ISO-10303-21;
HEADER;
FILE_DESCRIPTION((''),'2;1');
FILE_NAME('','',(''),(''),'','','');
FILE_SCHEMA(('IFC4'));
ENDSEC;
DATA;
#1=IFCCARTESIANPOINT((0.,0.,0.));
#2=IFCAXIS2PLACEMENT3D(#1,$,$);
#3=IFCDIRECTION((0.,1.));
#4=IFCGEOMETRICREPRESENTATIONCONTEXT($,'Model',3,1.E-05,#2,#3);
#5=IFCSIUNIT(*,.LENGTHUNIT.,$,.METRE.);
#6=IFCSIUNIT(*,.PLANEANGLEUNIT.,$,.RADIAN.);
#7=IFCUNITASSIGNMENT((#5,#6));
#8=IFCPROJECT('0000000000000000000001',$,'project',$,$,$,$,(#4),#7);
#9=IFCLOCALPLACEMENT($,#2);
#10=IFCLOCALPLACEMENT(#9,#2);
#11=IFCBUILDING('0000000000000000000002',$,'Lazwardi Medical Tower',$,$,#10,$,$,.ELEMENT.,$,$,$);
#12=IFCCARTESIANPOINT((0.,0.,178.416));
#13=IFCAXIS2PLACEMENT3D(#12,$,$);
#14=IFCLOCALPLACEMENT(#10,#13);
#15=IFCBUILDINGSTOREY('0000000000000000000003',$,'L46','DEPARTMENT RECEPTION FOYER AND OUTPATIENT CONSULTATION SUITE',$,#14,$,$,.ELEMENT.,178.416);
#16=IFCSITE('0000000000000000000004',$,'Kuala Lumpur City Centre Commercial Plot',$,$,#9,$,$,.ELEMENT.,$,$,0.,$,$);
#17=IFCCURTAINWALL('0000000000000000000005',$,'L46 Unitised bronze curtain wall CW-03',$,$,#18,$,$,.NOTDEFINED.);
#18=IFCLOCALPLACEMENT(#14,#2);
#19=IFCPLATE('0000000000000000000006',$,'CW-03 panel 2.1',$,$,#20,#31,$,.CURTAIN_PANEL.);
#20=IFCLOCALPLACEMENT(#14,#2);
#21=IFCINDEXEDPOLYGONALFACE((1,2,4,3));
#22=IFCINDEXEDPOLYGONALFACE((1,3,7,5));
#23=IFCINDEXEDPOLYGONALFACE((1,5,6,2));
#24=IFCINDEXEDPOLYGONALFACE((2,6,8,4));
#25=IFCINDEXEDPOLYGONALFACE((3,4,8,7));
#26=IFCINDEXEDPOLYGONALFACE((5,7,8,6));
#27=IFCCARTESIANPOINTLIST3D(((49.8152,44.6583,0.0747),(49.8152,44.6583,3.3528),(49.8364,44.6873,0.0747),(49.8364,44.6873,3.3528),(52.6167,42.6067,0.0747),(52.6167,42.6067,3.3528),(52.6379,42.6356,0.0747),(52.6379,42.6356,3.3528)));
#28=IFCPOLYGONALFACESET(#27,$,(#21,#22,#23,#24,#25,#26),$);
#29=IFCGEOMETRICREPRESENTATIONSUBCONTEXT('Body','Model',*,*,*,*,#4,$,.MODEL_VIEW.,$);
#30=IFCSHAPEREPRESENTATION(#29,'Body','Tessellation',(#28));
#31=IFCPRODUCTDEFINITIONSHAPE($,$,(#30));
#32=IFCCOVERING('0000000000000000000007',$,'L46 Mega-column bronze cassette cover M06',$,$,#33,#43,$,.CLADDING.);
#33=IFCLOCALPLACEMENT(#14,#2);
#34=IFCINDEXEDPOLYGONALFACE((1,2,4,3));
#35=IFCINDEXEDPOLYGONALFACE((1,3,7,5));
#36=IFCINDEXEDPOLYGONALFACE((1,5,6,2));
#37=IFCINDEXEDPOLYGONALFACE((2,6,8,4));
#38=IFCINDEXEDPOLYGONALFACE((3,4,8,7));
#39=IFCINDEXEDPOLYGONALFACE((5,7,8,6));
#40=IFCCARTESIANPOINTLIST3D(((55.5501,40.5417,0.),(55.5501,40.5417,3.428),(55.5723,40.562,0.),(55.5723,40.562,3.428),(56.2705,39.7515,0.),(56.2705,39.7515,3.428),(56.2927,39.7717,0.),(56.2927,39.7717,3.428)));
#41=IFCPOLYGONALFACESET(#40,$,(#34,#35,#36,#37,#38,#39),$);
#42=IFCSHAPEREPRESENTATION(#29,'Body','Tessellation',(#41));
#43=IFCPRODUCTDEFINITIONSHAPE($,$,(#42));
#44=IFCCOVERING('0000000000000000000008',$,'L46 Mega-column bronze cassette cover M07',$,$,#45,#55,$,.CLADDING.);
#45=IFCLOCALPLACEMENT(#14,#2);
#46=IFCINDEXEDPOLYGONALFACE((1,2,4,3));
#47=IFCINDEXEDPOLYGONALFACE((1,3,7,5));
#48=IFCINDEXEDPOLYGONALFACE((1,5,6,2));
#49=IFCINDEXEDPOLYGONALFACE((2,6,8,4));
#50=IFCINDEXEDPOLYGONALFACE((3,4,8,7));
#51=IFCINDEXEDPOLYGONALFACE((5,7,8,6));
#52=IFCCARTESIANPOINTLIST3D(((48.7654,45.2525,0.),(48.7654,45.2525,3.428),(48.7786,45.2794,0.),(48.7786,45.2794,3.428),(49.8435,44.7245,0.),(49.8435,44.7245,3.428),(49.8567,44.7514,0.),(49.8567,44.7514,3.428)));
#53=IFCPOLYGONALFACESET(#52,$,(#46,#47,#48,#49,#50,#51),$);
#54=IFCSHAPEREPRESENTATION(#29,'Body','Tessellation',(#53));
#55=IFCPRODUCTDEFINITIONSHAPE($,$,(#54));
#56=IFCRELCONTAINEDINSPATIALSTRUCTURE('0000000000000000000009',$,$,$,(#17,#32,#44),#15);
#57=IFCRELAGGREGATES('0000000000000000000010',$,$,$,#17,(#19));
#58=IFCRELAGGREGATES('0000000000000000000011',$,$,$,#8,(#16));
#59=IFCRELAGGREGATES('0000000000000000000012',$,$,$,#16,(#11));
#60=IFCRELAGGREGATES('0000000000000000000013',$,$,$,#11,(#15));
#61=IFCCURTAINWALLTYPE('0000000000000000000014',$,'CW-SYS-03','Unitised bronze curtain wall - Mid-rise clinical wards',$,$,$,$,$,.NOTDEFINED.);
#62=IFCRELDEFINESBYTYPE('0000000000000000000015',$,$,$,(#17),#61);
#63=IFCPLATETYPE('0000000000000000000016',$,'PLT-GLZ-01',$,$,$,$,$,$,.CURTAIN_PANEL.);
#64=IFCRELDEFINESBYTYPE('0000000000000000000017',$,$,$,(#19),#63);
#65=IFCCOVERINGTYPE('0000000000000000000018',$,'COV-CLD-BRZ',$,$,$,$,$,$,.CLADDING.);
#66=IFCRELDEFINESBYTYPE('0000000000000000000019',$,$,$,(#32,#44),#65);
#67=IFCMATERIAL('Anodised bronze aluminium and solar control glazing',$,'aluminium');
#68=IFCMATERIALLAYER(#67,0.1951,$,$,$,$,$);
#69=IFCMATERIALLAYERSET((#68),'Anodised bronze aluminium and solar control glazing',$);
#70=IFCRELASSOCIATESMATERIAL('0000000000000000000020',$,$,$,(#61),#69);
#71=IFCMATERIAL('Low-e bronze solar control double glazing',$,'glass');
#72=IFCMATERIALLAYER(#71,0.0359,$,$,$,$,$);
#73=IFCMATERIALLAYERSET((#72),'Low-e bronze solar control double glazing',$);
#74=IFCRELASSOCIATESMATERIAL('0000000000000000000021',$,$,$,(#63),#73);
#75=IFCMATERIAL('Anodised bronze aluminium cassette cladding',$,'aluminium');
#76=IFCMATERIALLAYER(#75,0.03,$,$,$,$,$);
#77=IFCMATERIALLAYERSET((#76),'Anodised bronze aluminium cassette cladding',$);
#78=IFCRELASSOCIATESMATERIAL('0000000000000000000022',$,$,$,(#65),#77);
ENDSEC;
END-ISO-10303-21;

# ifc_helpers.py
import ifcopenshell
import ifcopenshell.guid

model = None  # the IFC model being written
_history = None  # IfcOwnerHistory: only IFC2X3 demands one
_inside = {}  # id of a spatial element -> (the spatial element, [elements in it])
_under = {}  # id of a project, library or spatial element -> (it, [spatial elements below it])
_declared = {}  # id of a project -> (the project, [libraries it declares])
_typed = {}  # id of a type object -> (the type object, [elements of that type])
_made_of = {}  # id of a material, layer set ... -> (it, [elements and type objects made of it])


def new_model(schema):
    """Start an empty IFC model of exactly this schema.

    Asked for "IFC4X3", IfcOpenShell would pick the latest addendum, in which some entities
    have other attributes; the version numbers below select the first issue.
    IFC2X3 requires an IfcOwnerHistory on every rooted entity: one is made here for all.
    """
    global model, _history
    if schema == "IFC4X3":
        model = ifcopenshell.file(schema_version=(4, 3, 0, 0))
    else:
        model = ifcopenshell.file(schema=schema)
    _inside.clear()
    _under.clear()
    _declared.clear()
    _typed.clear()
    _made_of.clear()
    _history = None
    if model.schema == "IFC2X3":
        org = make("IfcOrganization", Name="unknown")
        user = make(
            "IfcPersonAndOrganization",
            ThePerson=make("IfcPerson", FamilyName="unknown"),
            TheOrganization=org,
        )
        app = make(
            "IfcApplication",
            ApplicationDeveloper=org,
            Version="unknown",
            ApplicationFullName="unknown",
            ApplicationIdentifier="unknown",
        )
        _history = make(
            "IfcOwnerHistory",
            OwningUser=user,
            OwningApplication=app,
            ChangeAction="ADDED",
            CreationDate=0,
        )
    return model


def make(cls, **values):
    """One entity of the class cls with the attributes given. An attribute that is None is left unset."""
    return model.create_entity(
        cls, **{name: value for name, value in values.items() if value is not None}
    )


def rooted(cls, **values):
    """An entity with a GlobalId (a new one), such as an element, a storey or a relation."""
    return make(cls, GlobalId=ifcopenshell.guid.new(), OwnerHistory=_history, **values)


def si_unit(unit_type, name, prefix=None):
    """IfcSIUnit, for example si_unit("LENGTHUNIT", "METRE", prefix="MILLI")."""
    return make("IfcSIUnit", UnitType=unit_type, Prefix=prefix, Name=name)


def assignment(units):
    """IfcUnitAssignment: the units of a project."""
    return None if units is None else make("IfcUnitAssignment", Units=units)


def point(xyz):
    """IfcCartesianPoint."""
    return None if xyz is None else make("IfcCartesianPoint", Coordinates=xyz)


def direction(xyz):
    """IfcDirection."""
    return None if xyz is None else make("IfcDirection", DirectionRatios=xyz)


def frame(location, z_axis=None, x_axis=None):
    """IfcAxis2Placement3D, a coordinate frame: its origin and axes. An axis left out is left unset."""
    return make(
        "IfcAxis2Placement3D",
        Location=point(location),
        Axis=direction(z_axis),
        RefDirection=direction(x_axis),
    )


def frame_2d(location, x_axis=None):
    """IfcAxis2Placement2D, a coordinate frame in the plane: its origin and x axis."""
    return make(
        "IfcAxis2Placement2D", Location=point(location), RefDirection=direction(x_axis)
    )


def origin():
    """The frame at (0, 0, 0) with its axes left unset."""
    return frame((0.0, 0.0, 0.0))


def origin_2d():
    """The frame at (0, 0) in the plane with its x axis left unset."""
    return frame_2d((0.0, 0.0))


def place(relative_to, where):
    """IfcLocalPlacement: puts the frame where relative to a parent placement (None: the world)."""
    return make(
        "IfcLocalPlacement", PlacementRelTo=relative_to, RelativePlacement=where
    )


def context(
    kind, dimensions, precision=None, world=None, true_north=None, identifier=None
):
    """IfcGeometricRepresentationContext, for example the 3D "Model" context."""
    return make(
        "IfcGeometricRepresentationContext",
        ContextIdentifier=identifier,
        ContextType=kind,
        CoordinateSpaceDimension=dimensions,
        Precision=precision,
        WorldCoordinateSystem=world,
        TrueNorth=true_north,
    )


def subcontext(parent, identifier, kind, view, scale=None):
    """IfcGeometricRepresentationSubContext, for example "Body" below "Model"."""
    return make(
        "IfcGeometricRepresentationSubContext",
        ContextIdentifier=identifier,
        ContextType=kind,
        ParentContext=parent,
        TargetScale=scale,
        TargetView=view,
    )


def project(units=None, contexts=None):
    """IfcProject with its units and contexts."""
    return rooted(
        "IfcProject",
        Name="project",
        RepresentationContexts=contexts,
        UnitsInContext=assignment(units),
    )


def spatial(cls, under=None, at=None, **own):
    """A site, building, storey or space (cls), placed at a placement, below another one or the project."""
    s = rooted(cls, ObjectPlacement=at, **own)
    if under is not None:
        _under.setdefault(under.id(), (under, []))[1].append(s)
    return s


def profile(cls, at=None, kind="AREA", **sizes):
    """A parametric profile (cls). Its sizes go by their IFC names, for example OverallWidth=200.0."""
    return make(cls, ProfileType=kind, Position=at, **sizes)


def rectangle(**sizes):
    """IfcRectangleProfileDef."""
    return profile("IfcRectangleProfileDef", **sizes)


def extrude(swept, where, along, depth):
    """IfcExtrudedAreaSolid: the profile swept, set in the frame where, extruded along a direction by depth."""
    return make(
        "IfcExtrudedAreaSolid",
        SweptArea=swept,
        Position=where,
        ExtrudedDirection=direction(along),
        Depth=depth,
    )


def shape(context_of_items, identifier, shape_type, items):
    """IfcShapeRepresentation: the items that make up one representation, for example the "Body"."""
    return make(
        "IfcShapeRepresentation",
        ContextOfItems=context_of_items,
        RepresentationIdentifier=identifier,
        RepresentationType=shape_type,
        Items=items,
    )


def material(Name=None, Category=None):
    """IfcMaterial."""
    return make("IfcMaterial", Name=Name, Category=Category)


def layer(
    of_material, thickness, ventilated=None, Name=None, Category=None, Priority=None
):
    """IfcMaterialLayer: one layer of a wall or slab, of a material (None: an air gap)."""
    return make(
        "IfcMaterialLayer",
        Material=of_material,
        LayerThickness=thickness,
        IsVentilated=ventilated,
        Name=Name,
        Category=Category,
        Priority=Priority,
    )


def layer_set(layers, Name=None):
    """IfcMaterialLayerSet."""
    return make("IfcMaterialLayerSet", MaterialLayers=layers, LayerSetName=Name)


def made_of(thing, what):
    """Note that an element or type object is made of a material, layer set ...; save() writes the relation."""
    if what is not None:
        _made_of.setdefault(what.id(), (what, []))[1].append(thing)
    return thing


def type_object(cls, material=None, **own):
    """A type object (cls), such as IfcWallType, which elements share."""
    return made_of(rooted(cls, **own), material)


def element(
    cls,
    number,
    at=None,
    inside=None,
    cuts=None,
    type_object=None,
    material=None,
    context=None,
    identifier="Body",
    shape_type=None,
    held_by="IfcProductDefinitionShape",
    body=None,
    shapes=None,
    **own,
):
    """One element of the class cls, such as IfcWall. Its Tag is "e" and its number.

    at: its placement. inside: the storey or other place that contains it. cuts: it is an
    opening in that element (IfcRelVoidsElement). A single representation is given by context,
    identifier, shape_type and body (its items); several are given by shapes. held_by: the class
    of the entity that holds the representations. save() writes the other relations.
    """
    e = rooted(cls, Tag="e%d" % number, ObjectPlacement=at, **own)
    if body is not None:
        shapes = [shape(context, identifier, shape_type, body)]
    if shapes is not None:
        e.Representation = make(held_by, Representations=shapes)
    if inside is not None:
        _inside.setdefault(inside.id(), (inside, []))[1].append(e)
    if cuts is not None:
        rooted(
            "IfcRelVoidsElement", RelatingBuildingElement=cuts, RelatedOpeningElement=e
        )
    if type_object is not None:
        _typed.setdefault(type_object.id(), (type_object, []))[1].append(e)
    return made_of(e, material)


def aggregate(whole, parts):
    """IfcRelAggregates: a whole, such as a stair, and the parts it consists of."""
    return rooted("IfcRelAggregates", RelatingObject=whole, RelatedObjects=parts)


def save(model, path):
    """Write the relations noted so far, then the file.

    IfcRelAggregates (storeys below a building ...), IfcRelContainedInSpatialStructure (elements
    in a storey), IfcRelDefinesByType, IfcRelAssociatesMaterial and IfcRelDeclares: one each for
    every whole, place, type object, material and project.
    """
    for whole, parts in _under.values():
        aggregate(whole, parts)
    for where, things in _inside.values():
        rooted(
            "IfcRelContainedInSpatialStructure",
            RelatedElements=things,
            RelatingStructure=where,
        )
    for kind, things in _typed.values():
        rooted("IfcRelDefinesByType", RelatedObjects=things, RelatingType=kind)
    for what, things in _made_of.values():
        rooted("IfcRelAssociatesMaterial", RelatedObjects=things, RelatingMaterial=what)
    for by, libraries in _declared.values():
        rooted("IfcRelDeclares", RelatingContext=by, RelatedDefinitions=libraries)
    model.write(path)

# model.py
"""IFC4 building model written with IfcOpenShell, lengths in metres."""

from ifc_helpers import new_model, si_unit, direction, frame, origin, origin_2d, place, context, subcontext, project, spatial, rectangle, extrude, material, layer, layer_set, type_object, element, aggregate, save


model = new_model("IFC4")

# Units and contexts
model_context = context("Model", 3, precision=1e-05, world=origin(), true_north=direction((0.0, 1.0)))
body_context = subcontext(model_context, "Body", "Model", "MODEL_VIEW")
ifc_project = project(units=[si_unit("LENGTHUNIT", "METRE"), si_unit("PLANEANGLEUNIT", "RADIAN")], contexts=[model_context])

# Site, building, storey
site_placement = place(None, origin())
site = spatial("IfcSite", under=ifc_project, at=site_placement, Name="Kuala Lumpur City Centre Commercial Plot", CompositionType="ELEMENT", RefElevation=0.0)
building_placement = place(site_placement, origin())
building = spatial("IfcBuilding", under=site, at=building_placement, Name="Lazwardi Medical Tower", CompositionType="ELEMENT")
storey_placement = place(building_placement, frame((0.0, 0.0, 178.416)))
storey = spatial("IfcBuildingStorey", under=building, at=storey_placement, Name="L46", Description="DEPARTMENT RECEPTION FOYER AND OUTPATIENT CONSULTATION SUITE", CompositionType="ELEMENT", Elevation=178.416)

# Shared definitions
ifc_material_1 = material(Name="Anodised bronze aluminium and solar control glazing", Category="aluminium")
ifc_layer_1 = layer(ifc_material_1, 0.1951)
ifc_layer_set_1 = layer_set([ifc_layer_1], Name="Anodised bronze aluminium and solar control glazing")
curtain_wall_type = type_object("IfcCurtainWallType", Name="CW-SYS-03", Description="Unitised bronze curtain wall - Mid-rise clinical wards", PredefinedType="NOTDEFINED", material=ifc_layer_set_1)

# Curtain wall
curtain_wall_1_placement = place(storey_placement, origin())
curtain_wall_1 = element("IfcCurtainWall", 1, at=curtain_wall_1_placement, inside=storey, type_object=curtain_wall_type, Name="L46 Unitised bronze curtain wall CW-03", PredefinedType="NOTDEFINED")

# Plate
ifc_material_2 = material(Name="Low-e bronze solar control double glazing", Category="glass")
ifc_layer_2 = layer(ifc_material_2, 0.0359)
ifc_layer_set_2 = layer_set([ifc_layer_2], Name="Low-e bronze solar control double glazing")
plate_type = type_object("IfcPlateType", Name="PLT-GLZ-01", PredefinedType="CURTAIN_PANEL", material=ifc_layer_set_2)
plate_1_placement = place(storey_placement, frame((51.2266, 43.647, 0.0747), z_axis=(0.0, 0.0, 1.0), x_axis=(-0.806793, 0.590834, 0.0)))
plate_1 = element("IfcPlate", 2, at=plate_1_placement, type_object=plate_type, Name="CW-03 panel 2.1", PredefinedType="CURTAIN_PANEL", context=body_context, shape_type="SweptSolid", body=[
    extrude(rectangle(XDim=3.4724, YDim=0.0359, at=origin_2d()), origin(), (0.0, 0.0, 1.0), 3.2781),
])
aggregate(curtain_wall_1, [plate_1])

# Coverings
ifc_material_3 = material(Name="Anodised bronze aluminium cassette cladding", Category="aluminium")
ifc_layer_3 = layer(ifc_material_3, 0.03)
ifc_layer_set_3 = layer_set([ifc_layer_3], Name="Anodised bronze aluminium cassette cladding")
covering_type = type_object("IfcCoveringType", Name="COV-CLD-BRZ", PredefinedType="CLADDING", material=ifc_layer_set_3)
covering_1_placement = place(storey_placement, frame((55.9214, 40.1567, 0.0), z_axis=(0.0, 0.0, 1.0), x_axis=(-0.673714, 0.738992, 0.0)))
element("IfcCovering", 3, at=covering_1_placement, inside=storey, type_object=covering_type, Name="L46 Mega-column bronze cassette cover M06", PredefinedType="CLADDING", context=body_context, shape_type="SweptSolid", body=[
    extrude(rectangle(XDim=1.0693, YDim=0.03, at=origin_2d()), origin(), (0.0, 0.0, 1.0), 3.428),
])
covering_2_placement = place(storey_placement, frame((49.311, 45.002, 0.0), z_axis=(0.0, 0.0, 1.0), x_axis=(-0.898079, 0.439834, 0.0)))
element("IfcCovering", 4, at=covering_2_placement, inside=storey, type_object=covering_type, Name="L46 Mega-column bronze cassette cover M07", PredefinedType="CLADDING", context=body_context, shape_type="SweptSolid", body=[
    extrude(rectangle(XDim=1.2004, YDim=0.03, at=origin_2d()), origin(), (0.0, 0.0, 1.0), 3.428),
])

save(model, "model.ifc")
